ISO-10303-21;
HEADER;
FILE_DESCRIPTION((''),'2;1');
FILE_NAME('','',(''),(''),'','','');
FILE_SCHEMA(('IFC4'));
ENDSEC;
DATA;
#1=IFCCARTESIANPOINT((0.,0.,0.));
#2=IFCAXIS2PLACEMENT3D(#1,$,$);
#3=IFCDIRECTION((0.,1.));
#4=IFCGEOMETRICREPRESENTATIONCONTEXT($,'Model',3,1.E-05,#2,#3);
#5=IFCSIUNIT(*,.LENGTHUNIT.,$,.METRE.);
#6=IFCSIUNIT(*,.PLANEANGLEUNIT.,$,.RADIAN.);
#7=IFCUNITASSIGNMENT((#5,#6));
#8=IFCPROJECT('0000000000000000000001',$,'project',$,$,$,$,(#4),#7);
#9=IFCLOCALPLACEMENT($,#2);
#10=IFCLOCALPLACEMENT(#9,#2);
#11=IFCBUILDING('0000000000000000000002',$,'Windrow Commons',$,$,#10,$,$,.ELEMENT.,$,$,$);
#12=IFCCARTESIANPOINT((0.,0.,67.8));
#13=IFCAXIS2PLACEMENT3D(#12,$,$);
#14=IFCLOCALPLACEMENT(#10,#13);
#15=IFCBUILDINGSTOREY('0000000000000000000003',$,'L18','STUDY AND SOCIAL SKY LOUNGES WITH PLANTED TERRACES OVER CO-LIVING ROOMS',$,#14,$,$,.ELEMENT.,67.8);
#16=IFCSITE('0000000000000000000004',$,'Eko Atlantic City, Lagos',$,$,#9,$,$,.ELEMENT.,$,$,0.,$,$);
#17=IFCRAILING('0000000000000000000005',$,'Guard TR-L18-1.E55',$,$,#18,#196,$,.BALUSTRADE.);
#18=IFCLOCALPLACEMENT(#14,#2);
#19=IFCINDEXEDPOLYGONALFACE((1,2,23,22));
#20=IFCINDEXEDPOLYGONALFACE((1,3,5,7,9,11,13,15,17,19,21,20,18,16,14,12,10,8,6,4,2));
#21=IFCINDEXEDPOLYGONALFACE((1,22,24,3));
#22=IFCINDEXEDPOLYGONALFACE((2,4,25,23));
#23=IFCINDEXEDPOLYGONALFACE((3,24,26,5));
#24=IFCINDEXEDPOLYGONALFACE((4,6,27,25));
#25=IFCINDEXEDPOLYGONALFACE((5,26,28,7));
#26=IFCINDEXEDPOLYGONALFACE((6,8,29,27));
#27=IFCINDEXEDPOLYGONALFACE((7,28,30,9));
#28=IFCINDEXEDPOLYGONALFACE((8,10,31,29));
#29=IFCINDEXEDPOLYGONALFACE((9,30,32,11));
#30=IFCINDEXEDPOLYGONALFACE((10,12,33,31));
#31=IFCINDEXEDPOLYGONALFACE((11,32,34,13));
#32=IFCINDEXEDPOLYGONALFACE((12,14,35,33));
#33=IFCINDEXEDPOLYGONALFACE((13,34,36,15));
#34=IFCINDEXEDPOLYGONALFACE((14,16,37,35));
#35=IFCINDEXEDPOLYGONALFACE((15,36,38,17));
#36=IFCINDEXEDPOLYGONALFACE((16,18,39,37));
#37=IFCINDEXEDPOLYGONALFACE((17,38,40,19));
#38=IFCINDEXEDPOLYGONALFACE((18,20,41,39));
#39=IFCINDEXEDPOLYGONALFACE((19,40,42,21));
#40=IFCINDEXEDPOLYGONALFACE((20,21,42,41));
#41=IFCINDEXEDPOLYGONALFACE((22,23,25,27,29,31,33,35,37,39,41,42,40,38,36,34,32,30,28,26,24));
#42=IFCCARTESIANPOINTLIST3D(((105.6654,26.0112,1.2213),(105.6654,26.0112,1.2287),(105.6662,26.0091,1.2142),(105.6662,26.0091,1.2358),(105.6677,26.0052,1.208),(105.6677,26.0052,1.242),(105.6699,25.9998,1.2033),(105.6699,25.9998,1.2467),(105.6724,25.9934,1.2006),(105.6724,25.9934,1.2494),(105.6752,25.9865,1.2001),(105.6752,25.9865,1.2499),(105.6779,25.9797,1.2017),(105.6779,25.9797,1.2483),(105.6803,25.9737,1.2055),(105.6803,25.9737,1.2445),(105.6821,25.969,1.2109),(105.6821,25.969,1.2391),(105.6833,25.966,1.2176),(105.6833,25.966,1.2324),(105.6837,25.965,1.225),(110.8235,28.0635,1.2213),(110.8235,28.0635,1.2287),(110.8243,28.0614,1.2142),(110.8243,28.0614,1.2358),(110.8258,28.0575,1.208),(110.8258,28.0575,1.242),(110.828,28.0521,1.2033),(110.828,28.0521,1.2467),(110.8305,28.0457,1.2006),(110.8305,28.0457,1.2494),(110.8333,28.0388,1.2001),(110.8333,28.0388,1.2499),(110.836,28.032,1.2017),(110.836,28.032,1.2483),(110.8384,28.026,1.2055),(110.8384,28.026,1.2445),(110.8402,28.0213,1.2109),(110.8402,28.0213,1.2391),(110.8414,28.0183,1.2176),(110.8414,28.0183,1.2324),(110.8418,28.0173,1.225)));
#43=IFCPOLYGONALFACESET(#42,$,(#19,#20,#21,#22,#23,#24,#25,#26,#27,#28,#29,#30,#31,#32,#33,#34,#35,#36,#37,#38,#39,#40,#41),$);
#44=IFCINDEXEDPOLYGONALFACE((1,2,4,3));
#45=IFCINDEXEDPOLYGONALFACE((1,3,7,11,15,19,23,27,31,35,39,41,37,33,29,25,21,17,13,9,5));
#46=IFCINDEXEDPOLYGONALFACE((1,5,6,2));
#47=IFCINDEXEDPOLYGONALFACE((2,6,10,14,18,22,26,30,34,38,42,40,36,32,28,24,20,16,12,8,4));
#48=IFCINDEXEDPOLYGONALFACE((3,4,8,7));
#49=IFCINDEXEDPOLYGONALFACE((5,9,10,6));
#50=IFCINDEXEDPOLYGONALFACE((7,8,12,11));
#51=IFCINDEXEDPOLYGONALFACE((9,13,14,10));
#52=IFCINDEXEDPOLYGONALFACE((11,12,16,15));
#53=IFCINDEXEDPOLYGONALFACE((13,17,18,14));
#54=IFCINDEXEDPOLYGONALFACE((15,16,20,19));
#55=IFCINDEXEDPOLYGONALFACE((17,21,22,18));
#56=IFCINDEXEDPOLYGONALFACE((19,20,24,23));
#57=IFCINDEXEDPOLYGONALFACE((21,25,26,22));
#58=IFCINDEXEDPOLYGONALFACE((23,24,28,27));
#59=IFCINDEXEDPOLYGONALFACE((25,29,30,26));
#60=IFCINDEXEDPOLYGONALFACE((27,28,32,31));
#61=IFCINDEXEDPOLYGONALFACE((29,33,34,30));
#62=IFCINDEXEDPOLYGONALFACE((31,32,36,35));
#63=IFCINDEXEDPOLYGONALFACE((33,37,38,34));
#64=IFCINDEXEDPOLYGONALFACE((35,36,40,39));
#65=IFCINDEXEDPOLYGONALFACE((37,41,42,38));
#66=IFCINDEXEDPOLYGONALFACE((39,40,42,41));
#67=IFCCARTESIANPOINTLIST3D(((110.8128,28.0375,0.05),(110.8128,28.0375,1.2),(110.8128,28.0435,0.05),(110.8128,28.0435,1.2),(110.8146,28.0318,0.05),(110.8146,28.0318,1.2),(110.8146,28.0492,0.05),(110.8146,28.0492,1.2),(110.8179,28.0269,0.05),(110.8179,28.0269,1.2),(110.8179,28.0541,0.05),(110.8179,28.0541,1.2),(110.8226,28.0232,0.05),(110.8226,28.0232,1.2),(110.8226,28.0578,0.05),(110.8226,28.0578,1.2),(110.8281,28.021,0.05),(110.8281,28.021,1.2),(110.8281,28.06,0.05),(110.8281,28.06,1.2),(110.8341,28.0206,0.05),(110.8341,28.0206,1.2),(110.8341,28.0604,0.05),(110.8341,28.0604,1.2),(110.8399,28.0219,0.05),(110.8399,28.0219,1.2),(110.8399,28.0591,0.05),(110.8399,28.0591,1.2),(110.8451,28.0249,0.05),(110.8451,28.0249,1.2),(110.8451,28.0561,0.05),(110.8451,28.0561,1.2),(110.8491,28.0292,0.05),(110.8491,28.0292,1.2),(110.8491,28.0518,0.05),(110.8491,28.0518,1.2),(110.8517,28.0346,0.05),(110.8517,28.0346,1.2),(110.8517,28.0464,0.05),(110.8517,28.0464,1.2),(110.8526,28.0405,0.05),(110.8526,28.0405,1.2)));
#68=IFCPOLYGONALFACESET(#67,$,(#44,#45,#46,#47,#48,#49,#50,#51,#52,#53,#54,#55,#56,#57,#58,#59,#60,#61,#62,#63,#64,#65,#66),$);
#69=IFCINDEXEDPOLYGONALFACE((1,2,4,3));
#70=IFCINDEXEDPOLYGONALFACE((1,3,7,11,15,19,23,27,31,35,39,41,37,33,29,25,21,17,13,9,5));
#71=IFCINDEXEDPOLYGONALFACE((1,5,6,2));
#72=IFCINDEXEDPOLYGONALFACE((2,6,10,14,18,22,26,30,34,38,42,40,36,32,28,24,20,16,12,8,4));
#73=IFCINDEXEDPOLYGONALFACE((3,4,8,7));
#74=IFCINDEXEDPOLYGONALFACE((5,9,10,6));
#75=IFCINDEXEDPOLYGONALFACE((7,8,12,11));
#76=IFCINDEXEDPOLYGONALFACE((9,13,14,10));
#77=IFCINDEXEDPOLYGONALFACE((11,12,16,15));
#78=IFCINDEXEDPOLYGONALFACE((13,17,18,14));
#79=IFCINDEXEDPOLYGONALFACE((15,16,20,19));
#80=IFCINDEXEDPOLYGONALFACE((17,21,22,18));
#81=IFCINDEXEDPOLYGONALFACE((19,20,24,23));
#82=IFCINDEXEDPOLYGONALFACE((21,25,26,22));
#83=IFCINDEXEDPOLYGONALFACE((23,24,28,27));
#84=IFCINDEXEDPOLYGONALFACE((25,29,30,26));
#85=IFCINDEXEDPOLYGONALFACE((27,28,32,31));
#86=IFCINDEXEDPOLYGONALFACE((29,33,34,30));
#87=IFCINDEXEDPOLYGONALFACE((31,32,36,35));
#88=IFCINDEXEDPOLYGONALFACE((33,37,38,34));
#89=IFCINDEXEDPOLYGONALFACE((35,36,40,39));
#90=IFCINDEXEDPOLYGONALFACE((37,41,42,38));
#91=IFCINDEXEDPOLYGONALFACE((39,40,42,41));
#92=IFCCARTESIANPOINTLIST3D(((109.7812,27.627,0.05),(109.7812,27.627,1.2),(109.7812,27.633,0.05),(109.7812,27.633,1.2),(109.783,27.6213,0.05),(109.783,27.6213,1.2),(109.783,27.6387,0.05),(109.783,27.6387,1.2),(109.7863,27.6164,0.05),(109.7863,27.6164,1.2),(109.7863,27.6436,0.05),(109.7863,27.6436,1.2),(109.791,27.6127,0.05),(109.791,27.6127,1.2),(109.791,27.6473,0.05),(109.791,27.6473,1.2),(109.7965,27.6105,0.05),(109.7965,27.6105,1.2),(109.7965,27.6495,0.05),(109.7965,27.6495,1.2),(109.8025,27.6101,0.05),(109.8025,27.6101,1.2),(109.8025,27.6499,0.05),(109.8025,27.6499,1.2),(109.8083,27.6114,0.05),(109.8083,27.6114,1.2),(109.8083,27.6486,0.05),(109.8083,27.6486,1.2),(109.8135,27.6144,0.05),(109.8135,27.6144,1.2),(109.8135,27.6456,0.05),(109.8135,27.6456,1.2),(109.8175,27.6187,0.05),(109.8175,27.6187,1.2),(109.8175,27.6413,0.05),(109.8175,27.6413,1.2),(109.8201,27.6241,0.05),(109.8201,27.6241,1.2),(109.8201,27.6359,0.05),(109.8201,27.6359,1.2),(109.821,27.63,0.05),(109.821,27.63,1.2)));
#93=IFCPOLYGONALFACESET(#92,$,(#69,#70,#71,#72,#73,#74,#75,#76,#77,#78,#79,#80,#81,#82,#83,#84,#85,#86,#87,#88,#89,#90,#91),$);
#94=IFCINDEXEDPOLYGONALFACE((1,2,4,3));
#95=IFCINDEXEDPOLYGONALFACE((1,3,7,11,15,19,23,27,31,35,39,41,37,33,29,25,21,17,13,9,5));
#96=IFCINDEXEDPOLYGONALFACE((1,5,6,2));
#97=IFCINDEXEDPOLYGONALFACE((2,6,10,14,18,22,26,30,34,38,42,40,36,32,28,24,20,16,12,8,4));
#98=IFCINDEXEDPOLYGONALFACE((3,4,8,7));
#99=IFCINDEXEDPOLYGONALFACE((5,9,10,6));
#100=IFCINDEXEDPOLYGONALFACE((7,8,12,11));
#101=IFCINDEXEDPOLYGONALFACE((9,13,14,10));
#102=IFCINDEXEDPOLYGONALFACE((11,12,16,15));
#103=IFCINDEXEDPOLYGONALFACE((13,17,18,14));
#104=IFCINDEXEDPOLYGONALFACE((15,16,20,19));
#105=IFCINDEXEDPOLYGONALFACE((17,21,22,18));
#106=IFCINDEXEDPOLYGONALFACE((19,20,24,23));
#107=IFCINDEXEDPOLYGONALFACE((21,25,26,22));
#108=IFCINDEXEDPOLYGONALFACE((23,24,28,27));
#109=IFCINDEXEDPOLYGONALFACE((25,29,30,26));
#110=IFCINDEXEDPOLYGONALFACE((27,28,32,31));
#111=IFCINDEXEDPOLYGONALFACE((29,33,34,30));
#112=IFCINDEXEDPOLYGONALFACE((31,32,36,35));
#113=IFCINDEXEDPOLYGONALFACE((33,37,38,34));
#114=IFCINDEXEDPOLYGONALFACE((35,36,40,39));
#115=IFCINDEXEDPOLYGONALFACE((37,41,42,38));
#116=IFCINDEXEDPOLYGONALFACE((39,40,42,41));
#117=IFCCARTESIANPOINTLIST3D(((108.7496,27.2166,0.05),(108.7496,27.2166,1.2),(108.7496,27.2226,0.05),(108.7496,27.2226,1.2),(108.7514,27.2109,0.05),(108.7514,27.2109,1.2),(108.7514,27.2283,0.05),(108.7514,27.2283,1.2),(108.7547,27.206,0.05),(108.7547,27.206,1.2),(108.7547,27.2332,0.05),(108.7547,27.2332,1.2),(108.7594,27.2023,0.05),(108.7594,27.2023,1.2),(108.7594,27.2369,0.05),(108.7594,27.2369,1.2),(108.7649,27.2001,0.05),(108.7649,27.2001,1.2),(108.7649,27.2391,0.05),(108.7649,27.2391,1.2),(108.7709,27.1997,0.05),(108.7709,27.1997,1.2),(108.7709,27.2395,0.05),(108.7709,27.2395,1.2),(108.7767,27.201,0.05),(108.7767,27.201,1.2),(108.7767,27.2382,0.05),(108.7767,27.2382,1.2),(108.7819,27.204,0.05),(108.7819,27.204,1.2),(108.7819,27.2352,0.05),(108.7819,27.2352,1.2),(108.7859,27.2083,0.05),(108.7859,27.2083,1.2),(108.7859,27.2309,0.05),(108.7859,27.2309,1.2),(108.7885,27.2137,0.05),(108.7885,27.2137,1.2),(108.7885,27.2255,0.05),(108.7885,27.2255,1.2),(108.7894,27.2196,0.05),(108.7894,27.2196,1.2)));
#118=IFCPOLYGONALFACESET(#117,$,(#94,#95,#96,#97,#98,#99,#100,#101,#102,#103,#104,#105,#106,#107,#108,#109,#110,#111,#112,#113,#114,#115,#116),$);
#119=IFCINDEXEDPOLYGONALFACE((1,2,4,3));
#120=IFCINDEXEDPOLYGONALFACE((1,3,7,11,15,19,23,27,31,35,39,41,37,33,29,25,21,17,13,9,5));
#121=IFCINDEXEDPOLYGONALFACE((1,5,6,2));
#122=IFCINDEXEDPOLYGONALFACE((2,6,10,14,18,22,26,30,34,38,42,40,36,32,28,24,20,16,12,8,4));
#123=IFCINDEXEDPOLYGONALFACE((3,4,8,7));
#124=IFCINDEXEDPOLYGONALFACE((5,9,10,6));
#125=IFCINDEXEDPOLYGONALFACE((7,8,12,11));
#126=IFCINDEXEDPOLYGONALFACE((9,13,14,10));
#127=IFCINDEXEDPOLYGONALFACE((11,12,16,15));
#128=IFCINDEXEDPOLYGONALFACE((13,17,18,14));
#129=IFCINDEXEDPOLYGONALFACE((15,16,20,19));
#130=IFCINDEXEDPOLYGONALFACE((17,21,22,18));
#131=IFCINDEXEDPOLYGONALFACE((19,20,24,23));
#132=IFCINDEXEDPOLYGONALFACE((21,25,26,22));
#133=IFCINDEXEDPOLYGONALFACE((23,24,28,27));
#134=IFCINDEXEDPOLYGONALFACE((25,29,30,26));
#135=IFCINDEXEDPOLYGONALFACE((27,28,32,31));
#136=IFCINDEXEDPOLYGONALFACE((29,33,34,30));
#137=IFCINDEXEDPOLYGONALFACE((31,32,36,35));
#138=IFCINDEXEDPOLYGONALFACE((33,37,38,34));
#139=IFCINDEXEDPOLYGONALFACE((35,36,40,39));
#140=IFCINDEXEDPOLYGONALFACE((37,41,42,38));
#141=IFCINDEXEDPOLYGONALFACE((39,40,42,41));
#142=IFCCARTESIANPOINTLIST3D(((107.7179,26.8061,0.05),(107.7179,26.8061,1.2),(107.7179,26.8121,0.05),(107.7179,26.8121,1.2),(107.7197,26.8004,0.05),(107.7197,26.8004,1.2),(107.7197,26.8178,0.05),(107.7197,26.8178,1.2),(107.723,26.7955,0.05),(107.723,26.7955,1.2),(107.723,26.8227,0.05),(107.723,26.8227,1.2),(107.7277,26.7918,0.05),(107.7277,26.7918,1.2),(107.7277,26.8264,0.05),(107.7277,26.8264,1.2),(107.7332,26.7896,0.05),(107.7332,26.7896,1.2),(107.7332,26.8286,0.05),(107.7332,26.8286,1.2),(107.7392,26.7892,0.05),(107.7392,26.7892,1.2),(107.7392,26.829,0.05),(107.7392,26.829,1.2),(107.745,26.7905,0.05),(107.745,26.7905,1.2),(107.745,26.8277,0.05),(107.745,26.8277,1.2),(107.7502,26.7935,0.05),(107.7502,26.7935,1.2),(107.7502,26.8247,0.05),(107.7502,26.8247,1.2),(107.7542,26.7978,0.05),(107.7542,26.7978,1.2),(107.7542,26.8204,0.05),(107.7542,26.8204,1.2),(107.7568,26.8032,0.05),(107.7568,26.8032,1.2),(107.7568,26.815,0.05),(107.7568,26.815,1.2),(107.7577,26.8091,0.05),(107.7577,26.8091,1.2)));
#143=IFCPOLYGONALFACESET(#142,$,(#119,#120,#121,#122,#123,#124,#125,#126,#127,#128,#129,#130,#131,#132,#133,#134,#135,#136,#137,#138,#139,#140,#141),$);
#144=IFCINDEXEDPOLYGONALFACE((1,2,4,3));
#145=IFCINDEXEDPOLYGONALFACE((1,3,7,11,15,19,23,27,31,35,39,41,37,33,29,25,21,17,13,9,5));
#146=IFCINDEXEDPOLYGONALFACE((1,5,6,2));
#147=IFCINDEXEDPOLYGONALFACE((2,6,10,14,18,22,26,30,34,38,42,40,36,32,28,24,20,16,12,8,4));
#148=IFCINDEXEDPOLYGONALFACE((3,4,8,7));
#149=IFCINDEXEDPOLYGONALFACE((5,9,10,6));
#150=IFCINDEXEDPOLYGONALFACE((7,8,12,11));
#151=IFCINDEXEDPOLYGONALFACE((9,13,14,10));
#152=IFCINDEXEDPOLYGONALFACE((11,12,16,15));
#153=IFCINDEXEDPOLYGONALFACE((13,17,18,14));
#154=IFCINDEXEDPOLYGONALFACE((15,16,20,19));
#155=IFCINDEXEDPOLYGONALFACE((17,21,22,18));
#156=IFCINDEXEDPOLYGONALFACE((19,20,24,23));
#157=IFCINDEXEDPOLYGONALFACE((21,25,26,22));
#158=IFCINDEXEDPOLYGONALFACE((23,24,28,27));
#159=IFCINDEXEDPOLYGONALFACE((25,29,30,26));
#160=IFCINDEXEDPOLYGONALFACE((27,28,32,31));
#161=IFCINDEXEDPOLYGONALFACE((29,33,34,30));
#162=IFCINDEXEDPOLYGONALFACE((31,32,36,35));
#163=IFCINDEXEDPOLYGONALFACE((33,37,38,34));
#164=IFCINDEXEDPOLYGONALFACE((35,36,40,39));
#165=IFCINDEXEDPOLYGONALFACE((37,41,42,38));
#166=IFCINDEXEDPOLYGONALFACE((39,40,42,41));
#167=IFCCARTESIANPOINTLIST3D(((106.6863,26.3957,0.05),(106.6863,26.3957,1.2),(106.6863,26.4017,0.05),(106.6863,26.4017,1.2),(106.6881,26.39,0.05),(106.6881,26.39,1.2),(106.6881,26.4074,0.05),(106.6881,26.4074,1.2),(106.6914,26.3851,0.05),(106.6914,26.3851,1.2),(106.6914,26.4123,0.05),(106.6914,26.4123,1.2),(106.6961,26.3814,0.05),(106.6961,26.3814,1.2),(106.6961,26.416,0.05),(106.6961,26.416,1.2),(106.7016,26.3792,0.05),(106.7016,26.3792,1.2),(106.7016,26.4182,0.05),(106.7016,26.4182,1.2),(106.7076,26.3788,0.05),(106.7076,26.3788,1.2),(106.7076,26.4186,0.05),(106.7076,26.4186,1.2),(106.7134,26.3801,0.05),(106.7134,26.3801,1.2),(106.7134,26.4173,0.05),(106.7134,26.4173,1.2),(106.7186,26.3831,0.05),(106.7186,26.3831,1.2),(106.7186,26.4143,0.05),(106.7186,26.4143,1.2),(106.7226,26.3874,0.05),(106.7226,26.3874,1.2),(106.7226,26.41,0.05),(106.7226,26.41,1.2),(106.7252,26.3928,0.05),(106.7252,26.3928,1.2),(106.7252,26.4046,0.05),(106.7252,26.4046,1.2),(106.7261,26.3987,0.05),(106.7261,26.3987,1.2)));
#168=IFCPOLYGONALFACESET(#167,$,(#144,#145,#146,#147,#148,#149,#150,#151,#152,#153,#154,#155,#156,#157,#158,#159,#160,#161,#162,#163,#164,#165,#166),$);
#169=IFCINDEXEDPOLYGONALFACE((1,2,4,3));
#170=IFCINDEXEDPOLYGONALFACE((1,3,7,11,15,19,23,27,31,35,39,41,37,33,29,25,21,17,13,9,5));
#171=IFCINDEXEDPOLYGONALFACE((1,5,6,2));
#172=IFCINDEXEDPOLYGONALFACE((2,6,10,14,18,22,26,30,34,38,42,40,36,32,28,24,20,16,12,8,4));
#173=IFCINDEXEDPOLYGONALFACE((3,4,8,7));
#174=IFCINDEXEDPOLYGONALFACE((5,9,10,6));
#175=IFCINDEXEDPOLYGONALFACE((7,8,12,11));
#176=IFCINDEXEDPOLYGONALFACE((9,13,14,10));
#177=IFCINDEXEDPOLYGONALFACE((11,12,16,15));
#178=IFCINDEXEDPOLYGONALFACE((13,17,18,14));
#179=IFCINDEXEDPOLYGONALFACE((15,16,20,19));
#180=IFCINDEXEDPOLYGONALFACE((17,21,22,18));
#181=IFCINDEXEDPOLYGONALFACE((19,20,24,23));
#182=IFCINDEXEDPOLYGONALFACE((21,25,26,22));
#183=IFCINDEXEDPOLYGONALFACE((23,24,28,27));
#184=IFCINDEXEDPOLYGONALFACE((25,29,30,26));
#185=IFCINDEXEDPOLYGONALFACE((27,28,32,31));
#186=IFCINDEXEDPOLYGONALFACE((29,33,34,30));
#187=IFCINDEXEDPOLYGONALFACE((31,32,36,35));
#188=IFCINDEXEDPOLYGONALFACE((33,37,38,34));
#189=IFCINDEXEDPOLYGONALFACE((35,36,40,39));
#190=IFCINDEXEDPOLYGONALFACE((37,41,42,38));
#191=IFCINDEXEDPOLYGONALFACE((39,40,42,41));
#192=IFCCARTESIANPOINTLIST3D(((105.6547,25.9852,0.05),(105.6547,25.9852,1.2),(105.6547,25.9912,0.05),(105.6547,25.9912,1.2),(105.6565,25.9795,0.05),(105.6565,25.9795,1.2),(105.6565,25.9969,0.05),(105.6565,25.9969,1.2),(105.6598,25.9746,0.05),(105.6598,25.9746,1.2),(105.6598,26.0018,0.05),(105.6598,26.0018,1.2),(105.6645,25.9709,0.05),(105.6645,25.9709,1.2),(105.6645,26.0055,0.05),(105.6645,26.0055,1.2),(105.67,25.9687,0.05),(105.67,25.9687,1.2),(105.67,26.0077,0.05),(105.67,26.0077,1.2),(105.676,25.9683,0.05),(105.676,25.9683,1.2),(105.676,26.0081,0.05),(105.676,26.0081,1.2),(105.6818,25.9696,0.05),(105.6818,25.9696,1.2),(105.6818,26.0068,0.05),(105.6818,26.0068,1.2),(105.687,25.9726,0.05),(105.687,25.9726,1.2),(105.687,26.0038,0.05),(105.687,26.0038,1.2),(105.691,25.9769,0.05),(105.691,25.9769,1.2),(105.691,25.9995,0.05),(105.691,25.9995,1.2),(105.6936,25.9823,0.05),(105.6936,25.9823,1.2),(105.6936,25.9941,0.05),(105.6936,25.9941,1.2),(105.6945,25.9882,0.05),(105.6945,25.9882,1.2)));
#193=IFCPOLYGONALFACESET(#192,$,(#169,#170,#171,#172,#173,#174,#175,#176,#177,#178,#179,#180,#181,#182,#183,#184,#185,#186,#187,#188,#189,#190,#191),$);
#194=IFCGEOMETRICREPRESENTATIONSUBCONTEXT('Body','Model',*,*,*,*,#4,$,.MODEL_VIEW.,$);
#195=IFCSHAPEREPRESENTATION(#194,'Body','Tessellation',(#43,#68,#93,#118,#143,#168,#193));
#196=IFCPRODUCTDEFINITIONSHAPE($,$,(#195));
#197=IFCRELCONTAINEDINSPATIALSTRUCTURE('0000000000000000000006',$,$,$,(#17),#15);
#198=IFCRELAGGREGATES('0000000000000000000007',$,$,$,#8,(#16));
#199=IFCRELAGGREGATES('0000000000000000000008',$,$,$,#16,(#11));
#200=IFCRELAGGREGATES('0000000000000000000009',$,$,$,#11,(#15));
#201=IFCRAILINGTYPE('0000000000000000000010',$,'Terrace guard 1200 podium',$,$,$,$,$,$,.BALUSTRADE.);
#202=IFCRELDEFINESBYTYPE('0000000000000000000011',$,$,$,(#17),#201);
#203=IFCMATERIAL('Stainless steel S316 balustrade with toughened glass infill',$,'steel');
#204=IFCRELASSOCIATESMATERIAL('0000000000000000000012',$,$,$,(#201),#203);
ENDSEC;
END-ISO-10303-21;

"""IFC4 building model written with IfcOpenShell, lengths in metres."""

from ifc_helpers import new_model, si_unit, direction, frame, origin, origin_2d, place, context, subcontext, project, spatial, circle, extrude, material, type_object, element, save


model = new_model("IFC4")

# Units and contexts
model_context = context("Model", 3, precision=1e-05, world=origin(), true_north=direction((0.0, 1.0)))
body_context = subcontext(model_context, "Body", "Model", "MODEL_VIEW")
ifc_project = project(units=[si_unit("LENGTHUNIT", "METRE"), si_unit("PLANEANGLEUNIT", "RADIAN")], contexts=[model_context])

# Site, building, storey
site_placement = place(None, origin())
site = spatial("IfcSite", under=ifc_project, at=site_placement, Name="Eko Atlantic City, Lagos", CompositionType="ELEMENT", RefElevation=0.0)
building_placement = place(site_placement, origin())
building = spatial("IfcBuilding", under=site, at=building_placement, Name="Windrow Commons", CompositionType="ELEMENT")
storey_placement = place(building_placement, frame((0.0, 0.0, 67.8)))
storey = spatial("IfcBuildingStorey", under=building, at=storey_placement, Name="L18", Description="STUDY AND SOCIAL SKY LOUNGES WITH PLANTED TERRACES OVER CO-LIVING ROOMS", CompositionType="ELEMENT", Elevation=67.8)

# Railing
ifc_material_1 = material(Name="Stainless steel S316 balustrade with toughened glass infill", Category="steel")
railing_type = type_object("IfcRailingType", Name="Terrace guard 1200 podium", PredefinedType="BALUSTRADE", material=ifc_material_1)
railing_1_placement = place(storey_placement, frame((110.8326, 28.0405, 0.05)))
element("IfcRailing", 1, at=railing_1_placement, inside=storey, type_object=railing_type, Name="Guard TR-L18-1.E55", PredefinedType="BALUSTRADE", context=body_context, shape_type="SweptSolid", body=[
    extrude(circle(Radius=0.025, at=origin_2d()), frame((0.0, 0.0, 1.175), z_axis=(-0.929155, -0.369691, 0.0), x_axis=(0.369691, -0.929155, 0.0)), (0.0, 0.0, 1.0), 5.5514),
    extrude(circle(Radius=0.02, at=origin_2d()), origin(), (0.0, 0.0, 1.0), 1.15),
    extrude(circle(Radius=0.02, at=origin_2d()), frame((-1.0316, -0.4105, 0.0)), (0.0, 0.0, 1.0), 1.15),
    extrude(circle(Radius=0.02, at=origin_2d()), frame((-2.0632, -0.8209, 0.0)), (0.0, 0.0, 1.0), 1.15),
    extrude(circle(Radius=0.02, at=origin_2d()), frame((-3.0949, -1.2314, 0.0)), (0.0, 0.0, 1.0), 1.15),
    extrude(circle(Radius=0.02, at=origin_2d()), frame((-4.1265, -1.6418, 0.0)), (0.0, 0.0, 1.0), 1.15),
    extrude(circle(Radius=0.02, at=origin_2d()), frame((-5.1581, -2.0523, 0.0)), (0.0, 0.0, 1.0), 1.15),
])

save(model, "model.ifc")
